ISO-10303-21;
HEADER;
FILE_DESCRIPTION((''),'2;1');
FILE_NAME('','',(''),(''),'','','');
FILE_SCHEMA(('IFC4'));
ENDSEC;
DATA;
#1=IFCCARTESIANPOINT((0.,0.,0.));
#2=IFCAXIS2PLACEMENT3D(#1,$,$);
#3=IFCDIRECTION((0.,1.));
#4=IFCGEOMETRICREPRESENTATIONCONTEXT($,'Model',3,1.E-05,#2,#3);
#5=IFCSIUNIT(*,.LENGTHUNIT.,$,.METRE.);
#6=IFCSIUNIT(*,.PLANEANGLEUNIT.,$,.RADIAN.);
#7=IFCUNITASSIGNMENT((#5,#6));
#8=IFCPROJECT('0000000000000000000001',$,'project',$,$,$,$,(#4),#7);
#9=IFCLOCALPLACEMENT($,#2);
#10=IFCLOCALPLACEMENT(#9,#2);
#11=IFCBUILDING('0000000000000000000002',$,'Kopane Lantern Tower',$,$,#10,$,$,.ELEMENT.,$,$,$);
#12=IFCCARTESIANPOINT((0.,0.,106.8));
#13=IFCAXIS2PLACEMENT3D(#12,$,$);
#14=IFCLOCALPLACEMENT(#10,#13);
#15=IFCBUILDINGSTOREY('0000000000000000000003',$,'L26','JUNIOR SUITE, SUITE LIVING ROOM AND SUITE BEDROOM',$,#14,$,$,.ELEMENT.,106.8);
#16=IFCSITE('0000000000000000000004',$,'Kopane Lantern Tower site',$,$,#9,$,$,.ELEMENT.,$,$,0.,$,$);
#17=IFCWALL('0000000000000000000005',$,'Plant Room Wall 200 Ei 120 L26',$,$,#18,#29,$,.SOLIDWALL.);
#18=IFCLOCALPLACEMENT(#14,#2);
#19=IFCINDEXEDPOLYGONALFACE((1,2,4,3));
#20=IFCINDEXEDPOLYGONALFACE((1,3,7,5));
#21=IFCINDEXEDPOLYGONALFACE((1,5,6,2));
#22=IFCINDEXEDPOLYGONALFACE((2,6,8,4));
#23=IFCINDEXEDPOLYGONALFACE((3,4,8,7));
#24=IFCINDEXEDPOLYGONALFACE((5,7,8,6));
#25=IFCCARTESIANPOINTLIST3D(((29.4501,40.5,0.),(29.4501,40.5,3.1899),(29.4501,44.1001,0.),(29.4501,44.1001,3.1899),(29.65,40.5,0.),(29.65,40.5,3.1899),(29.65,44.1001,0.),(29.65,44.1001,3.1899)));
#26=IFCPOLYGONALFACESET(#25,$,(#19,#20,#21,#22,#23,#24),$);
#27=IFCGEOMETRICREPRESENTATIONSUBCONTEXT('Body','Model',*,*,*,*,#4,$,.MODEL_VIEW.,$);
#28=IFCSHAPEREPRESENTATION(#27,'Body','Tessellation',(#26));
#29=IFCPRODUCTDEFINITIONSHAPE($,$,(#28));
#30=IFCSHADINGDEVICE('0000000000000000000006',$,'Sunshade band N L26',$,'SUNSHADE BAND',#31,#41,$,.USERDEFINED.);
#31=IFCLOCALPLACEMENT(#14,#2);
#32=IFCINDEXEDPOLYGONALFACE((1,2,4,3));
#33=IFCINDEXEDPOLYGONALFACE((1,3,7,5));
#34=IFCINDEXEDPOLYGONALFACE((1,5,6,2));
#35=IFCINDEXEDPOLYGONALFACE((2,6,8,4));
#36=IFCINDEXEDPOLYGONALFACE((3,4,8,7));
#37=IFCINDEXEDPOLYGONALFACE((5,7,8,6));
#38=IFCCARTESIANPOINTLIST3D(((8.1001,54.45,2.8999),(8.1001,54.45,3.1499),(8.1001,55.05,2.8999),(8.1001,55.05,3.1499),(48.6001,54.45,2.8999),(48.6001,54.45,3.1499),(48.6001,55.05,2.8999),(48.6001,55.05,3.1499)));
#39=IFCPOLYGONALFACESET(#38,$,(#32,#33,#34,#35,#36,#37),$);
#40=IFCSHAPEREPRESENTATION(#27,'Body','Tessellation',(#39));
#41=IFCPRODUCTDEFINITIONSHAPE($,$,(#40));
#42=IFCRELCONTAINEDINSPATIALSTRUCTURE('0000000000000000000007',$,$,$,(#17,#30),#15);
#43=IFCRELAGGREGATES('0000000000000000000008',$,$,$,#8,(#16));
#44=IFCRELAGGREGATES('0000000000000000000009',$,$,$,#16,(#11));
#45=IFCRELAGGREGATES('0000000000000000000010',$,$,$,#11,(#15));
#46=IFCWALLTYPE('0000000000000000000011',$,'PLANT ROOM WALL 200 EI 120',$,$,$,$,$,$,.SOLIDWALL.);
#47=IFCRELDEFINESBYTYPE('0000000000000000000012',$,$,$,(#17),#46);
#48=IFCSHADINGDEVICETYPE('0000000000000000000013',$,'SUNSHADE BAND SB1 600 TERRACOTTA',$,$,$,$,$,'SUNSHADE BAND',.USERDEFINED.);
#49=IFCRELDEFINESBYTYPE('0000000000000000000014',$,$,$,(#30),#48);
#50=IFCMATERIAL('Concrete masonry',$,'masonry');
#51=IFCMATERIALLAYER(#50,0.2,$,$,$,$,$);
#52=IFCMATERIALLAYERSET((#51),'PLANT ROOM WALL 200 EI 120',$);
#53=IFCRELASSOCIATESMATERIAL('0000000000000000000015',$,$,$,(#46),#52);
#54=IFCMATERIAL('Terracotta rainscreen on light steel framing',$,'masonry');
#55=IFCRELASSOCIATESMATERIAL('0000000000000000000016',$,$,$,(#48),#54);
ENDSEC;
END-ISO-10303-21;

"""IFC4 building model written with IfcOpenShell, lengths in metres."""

from ifc_helpers import new_model, si_unit, direction, frame, frame_2d, origin, origin_2d, place, context, subcontext, project, spatial, rectangle, extrude, material, layer, layer_set, type_object, element, save


model = new_model("IFC4")

# Units and contexts
model_context = context("Model", 3, precision=1e-05, world=origin(), true_north=direction((0.0, 1.0)))
body_context = subcontext(model_context, "Body", "Model", "MODEL_VIEW")
ifc_project = project(units=[si_unit("LENGTHUNIT", "METRE"), si_unit("PLANEANGLEUNIT", "RADIAN")], contexts=[model_context])

# Site, building, storey
site_placement = place(None, origin())
site = spatial("IfcSite", under=ifc_project, at=site_placement, Name="Kopane Lantern Tower site", CompositionType="ELEMENT", RefElevation=0.0)
building_placement = place(site_placement, origin())
building = spatial("IfcBuilding", under=site, at=building_placement, Name="Kopane Lantern Tower", CompositionType="ELEMENT")
storey_placement = place(building_placement, frame((0.0, 0.0, 106.8)))
storey = spatial("IfcBuildingStorey", under=building, at=storey_placement, Name="L26", Description="JUNIOR SUITE, SUITE LIVING ROOM AND SUITE BEDROOM", CompositionType="ELEMENT", Elevation=106.8)

# Wall
ifc_material_1 = material(Name="Concrete masonry", Category="masonry")
ifc_layer_1 = layer(ifc_material_1, 0.2)
ifc_layer_set_1 = layer_set([ifc_layer_1], Name="PLANT ROOM WALL 200 EI 120")
wall_type_1 = type_object("IfcWallType", Name="PLANT ROOM WALL 200 EI 120", PredefinedType="SOLIDWALL", material=ifc_layer_set_1)
wall_1_placement = place(storey_placement, frame((29.55, 40.5, 0.0), z_axis=(0.0, 0.0, 1.0), x_axis=(0.0, 1.0, 0.0)))
element("IfcWall", 1, at=wall_1_placement, inside=storey, type_object=wall_type_1, Name="Plant Room Wall 200 Ei 120 L26", PredefinedType="SOLIDWALL", context=body_context, shape_type="SweptSolid", body=[
    extrude(rectangle(XDim=3.6001, YDim=0.2, at=frame_2d((1.8, 0.0))), origin(), (0.0, 0.0, 1.0), 3.1899),
])

# Shading device
ifc_material_2 = material(Name="Terracotta rainscreen on light steel framing", Category="masonry")
shading_device_type = type_object("IfcShadingDeviceType", Name="SUNSHADE BAND SB1 600 TERRACOTTA", ElementType="SUNSHADE BAND", PredefinedType="USERDEFINED", material=ifc_material_2)
shading_device_placement = place(storey_placement, frame((28.3501, 54.75, 2.8999), z_axis=(0.0, 0.0, 1.0), x_axis=(-1.0, 0.0, 0.0)))
element("IfcShadingDevice", 2, at=shading_device_placement, inside=storey, type_object=shading_device_type, Name="Sunshade band N L26", ObjectType="SUNSHADE BAND", PredefinedType="USERDEFINED", context=body_context, shape_type="SweptSolid", body=[
    extrude(rectangle(XDim=40.5, YDim=0.6001, at=origin_2d()), origin(), (0.0, 0.0, 1.0), 0.25),
])

save(model, "model.ifc")
